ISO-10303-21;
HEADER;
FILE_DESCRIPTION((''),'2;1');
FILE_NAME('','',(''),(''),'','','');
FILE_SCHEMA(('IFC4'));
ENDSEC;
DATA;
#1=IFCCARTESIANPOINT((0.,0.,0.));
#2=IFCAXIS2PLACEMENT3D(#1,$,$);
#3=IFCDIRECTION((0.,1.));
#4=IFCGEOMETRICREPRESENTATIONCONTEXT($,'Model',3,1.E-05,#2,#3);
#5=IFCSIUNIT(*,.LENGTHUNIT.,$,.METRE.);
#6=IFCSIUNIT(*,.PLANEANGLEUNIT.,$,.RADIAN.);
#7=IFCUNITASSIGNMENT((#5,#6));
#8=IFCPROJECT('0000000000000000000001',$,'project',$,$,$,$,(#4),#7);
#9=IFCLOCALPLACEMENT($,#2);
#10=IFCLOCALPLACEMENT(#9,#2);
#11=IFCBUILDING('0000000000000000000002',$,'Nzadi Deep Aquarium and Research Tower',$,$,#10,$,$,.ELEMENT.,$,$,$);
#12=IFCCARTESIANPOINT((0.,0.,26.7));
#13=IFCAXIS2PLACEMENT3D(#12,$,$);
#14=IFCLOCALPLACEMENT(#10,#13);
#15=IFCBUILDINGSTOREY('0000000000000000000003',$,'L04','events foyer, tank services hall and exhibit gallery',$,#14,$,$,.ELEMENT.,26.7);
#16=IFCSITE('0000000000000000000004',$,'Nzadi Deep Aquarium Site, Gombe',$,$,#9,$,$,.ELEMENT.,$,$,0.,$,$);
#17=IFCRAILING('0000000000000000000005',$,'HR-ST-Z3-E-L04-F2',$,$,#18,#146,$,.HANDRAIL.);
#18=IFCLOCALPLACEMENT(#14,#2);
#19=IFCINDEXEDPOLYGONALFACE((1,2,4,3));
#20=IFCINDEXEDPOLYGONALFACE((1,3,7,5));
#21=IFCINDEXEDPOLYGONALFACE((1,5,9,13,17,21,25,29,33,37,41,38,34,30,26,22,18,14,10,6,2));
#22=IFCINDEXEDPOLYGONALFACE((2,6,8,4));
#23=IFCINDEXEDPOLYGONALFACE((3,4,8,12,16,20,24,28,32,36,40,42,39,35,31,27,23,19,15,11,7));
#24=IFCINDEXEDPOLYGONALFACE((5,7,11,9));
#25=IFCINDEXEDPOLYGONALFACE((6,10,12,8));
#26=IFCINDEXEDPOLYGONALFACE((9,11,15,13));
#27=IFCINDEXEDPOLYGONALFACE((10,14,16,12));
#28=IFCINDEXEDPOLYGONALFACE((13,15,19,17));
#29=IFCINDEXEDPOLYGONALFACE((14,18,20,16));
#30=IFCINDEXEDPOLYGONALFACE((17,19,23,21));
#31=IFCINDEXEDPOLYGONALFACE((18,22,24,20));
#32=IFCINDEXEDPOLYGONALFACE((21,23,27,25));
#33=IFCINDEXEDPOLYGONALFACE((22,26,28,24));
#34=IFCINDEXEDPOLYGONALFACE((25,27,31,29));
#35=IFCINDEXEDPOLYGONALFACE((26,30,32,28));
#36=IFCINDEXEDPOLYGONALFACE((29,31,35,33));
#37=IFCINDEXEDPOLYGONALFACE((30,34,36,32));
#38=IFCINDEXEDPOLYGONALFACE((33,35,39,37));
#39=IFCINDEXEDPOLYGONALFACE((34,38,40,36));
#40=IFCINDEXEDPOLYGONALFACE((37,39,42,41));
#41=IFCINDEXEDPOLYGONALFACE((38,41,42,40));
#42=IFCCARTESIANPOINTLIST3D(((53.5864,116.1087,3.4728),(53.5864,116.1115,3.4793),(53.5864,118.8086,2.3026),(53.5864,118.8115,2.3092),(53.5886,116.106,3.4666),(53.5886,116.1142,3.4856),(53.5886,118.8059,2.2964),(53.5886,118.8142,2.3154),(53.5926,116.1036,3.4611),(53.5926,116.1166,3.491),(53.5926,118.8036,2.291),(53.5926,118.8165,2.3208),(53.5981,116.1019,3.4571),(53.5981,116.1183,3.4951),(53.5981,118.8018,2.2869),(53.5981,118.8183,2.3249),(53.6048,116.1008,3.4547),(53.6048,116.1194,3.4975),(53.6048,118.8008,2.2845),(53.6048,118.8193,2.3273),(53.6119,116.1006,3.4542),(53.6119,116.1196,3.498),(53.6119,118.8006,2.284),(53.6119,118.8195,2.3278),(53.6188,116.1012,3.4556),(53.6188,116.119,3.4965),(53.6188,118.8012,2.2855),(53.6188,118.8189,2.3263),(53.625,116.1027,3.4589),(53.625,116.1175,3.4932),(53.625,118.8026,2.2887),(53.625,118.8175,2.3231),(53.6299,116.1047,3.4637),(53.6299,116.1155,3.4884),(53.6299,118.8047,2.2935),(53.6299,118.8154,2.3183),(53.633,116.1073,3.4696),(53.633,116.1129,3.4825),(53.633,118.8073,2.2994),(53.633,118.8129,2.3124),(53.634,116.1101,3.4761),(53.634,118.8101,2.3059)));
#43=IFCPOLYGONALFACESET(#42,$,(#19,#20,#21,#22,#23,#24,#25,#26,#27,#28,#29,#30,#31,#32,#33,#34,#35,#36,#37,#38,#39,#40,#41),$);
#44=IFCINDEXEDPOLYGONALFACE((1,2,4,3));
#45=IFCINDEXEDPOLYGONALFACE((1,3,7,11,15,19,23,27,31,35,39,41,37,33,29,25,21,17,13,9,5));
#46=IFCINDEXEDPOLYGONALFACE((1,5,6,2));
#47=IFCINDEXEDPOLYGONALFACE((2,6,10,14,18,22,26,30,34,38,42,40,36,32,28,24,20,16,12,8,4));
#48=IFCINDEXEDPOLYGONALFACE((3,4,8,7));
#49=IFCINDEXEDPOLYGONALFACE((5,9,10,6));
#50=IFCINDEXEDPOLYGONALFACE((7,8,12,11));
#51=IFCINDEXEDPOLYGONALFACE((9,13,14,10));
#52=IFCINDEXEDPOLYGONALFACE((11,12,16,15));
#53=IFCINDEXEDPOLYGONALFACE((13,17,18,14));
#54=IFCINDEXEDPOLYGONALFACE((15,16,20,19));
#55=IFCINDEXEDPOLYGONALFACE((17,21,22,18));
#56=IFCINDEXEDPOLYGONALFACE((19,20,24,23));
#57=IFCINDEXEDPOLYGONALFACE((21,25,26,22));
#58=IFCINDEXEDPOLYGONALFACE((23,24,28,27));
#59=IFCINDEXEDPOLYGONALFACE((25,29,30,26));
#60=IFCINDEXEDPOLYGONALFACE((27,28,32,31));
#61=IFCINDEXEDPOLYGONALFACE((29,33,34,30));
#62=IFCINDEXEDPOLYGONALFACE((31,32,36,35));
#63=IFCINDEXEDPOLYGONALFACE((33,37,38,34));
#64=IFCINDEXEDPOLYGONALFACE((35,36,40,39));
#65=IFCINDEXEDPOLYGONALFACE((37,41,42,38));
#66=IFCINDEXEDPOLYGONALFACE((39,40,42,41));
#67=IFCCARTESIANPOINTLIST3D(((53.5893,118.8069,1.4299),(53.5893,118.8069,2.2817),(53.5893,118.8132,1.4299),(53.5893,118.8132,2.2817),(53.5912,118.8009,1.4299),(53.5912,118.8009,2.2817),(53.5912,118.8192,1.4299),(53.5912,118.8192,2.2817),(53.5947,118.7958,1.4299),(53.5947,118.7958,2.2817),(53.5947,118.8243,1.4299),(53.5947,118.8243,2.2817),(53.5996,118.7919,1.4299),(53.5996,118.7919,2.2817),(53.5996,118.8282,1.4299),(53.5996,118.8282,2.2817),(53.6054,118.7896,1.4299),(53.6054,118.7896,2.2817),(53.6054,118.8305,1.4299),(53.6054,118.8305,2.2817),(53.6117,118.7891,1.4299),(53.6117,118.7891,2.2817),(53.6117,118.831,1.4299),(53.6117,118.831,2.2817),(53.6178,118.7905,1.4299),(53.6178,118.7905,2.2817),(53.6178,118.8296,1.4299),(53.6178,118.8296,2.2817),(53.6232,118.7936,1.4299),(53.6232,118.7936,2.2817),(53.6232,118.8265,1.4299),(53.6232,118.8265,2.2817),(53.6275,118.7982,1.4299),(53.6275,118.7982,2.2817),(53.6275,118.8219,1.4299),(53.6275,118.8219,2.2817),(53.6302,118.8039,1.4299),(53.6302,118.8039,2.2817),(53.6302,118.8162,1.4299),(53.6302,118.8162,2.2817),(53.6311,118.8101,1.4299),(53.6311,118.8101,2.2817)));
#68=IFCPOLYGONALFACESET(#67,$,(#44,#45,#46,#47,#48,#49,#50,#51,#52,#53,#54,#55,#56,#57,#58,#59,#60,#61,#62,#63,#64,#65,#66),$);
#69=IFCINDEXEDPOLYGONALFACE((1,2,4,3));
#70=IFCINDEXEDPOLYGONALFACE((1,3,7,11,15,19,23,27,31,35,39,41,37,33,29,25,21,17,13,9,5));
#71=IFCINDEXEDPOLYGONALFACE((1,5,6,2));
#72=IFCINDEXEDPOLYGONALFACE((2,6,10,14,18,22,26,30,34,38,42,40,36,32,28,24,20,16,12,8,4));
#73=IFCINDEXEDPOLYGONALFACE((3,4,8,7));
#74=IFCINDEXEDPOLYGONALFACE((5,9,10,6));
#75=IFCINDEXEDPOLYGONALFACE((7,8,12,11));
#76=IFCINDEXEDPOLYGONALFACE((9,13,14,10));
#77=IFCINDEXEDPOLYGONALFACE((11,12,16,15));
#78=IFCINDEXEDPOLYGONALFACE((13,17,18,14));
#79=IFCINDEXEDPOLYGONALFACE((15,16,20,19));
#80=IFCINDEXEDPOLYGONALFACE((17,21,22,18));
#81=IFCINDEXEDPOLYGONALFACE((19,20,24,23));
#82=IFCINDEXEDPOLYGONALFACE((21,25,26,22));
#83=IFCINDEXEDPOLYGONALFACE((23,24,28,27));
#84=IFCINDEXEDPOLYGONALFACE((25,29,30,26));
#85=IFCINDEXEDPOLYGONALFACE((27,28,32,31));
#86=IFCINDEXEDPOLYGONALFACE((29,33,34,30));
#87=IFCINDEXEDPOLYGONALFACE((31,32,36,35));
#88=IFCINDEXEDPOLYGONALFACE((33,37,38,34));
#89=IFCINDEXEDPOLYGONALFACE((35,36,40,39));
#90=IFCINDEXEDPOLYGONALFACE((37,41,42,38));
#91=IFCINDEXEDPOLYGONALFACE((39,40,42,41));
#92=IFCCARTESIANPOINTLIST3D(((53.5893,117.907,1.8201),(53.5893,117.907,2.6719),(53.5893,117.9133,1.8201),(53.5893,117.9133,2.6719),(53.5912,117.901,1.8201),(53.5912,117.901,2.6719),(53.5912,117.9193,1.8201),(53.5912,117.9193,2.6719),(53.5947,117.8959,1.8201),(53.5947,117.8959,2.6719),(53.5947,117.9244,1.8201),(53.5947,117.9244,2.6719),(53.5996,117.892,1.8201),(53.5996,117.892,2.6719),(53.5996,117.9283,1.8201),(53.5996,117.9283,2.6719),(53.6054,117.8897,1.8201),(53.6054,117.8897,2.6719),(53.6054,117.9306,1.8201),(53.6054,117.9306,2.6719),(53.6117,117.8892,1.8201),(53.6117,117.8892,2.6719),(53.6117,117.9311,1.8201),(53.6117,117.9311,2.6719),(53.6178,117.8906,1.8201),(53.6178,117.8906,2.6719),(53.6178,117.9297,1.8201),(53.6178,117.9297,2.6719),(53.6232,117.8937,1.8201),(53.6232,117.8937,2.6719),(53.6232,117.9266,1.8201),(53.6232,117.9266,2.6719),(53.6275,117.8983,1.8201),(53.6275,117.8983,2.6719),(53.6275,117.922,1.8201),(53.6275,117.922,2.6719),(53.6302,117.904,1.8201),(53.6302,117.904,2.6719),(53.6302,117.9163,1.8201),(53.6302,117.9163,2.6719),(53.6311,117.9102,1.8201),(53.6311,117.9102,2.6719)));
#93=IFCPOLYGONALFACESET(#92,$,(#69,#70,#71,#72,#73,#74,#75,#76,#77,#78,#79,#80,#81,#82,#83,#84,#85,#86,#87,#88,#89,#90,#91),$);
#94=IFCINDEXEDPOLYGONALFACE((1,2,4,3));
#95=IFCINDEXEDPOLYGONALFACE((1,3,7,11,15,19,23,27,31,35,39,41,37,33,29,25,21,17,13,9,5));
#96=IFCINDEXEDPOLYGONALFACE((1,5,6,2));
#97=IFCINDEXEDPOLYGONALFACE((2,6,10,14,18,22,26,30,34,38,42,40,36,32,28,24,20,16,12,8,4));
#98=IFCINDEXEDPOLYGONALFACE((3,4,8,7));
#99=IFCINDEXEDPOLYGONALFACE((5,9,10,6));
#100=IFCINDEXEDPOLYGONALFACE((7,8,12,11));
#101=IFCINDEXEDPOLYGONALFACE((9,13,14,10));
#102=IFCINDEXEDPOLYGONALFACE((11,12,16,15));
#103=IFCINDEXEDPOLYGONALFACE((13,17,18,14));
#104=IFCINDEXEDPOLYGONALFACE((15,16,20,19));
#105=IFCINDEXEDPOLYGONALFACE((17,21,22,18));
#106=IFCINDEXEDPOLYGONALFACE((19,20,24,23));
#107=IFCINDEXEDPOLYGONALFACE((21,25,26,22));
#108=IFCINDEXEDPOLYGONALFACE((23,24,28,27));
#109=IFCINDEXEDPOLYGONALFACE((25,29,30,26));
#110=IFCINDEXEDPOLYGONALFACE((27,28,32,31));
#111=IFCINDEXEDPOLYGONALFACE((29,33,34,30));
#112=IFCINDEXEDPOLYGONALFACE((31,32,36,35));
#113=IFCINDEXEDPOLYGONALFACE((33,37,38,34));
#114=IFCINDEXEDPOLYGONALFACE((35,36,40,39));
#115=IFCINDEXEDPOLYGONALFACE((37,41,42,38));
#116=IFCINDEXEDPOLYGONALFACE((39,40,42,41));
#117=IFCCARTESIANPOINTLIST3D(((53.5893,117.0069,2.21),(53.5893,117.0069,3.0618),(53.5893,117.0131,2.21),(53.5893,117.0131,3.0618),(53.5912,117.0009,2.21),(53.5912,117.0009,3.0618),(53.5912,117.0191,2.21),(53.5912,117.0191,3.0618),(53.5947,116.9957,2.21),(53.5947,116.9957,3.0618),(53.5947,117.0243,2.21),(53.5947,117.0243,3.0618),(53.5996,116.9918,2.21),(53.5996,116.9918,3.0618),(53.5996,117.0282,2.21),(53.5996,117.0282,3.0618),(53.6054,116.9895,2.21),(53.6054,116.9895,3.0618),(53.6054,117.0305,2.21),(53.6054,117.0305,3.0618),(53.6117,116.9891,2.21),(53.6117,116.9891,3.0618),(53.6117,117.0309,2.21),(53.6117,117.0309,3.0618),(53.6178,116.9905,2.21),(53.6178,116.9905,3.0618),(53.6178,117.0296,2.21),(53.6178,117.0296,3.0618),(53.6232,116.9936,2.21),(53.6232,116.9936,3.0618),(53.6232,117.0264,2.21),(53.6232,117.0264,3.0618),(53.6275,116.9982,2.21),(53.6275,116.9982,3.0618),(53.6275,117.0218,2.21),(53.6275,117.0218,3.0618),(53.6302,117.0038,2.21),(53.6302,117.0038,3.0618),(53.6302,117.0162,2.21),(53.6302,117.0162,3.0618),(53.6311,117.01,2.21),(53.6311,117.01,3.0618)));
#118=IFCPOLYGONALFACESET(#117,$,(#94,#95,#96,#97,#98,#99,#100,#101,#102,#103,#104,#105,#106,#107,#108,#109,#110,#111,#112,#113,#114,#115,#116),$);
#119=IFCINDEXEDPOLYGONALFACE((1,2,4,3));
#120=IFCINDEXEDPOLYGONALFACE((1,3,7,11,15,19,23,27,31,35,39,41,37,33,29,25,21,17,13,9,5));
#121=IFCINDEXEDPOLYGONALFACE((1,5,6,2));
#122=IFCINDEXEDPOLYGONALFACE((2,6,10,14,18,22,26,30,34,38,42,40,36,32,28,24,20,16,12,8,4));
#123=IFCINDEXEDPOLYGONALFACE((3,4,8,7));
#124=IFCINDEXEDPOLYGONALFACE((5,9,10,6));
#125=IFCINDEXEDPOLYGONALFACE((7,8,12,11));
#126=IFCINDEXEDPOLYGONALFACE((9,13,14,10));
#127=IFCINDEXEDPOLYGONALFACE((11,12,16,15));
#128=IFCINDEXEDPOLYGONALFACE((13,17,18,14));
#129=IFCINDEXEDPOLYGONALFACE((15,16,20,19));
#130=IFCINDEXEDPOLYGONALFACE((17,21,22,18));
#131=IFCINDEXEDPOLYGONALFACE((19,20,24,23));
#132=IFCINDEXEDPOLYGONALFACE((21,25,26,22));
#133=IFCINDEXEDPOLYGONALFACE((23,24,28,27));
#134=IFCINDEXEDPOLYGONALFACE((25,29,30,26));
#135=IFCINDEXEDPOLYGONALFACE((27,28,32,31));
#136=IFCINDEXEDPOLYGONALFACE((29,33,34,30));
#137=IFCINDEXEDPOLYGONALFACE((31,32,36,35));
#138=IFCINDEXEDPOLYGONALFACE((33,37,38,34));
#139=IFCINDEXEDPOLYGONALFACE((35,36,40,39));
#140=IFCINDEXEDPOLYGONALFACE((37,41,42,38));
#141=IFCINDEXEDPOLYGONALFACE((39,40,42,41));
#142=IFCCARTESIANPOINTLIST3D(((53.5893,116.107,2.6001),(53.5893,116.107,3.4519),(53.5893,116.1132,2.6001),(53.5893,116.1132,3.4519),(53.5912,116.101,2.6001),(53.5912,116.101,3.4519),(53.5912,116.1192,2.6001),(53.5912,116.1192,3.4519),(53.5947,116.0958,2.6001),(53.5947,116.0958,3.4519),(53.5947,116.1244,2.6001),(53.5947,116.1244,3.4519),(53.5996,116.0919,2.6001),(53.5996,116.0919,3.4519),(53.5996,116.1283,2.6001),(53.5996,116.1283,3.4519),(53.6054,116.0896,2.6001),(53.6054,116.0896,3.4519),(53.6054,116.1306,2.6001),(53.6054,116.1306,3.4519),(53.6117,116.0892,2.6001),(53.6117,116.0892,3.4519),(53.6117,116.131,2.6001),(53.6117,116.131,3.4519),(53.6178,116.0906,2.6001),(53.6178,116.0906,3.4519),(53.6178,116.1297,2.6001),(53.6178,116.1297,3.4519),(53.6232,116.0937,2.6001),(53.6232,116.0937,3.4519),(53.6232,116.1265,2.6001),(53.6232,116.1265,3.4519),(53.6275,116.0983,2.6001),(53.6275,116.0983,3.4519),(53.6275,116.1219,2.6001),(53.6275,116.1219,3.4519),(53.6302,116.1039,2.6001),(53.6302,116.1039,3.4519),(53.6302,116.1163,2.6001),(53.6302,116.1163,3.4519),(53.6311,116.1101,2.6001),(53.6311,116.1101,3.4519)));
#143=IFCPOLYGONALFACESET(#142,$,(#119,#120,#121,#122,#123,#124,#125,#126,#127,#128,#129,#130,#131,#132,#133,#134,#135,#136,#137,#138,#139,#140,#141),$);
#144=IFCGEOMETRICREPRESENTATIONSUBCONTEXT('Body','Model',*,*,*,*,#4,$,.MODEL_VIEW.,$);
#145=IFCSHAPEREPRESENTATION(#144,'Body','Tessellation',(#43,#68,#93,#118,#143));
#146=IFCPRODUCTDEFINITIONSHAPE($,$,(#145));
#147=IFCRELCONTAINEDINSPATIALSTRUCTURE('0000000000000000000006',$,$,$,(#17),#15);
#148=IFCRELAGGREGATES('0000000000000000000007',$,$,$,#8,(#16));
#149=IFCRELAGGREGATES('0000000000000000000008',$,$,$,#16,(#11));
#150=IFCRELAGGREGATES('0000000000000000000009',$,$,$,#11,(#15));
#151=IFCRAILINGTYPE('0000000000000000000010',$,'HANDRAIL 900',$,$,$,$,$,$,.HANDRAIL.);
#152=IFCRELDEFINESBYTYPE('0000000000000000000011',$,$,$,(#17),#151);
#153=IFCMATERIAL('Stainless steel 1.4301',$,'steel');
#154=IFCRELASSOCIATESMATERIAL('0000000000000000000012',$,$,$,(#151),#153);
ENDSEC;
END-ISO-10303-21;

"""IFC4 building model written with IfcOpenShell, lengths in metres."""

from ifc_helpers import new_model, si_unit, direction, frame, origin, origin_2d, place, context, subcontext, project, spatial, circle, extrude, material, type_object, element, save


model = new_model("IFC4")

# Units and contexts
model_context = context("Model", 3, precision=1e-05, world=origin(), true_north=direction((0.0, 1.0)))
body_context = subcontext(model_context, "Body", "Model", "MODEL_VIEW")
ifc_project = project(units=[si_unit("LENGTHUNIT", "METRE"), si_unit("PLANEANGLEUNIT", "RADIAN")], contexts=[model_context])

# Site, building, storey
site_placement = place(None, origin())
site = spatial("IfcSite", under=ifc_project, at=site_placement, Name="Nzadi Deep Aquarium Site, Gombe", CompositionType="ELEMENT", RefElevation=0.0)
building_placement = place(site_placement, origin())
building = spatial("IfcBuilding", under=site, at=building_placement, Name="Nzadi Deep Aquarium and Research Tower", CompositionType="ELEMENT")
storey_placement = place(building_placement, frame((0.0, 0.0, 26.7)))
storey = spatial("IfcBuildingStorey", under=building, at=storey_placement, Name="L04", Description="events foyer, tank services hall and exhibit gallery", CompositionType="ELEMENT", Elevation=26.7)

# Railing
ifc_material_1 = material(Name="Stainless steel 1.4301", Category="steel")
railing_type_1 = type_object("IfcRailingType", Name="HANDRAIL 900", PredefinedType="HANDRAIL", material=ifc_material_1)
for number, where, name in (
    (1, (53.6101, 118.8101, 1.4299), "HR-ST-Z3-E-L04-F2"),
):
    element("IfcRailing", number, at=place(storey_placement, frame(where)), inside=storey, type_object=railing_type_1, Name=name, PredefinedType="HANDRAIL", context=body_context, shape_type="SweptSolid", body=[
        extrude(circle(Radius=0.0239, at=origin_2d()), frame((0.0, 0.0, 0.876), z_axis=(0.0, -0.917532, 0.397661), x_axis=(1.0, 0.0, 0.0)), (0.0, 0.0, 1.0), 2.9426),
        extrude(circle(Radius=0.021, at=origin_2d()), origin(), (0.0, 0.0, 1.0), 0.8518),
        extrude(circle(Radius=0.021, at=origin_2d()), frame((0.0, -0.8999, 0.3901)), (0.0, 0.0, 1.0), 0.8518),
        extrude(circle(Radius=0.021, at=origin_2d()), frame((0.0, -1.8, 0.78)), (0.0, 0.0, 1.0), 0.8518),
        extrude(circle(Radius=0.021, at=origin_2d()), frame((0.0, -2.7, 1.1702)), (0.0, 0.0, 1.0), 0.8518),
    ])

save(model, "model.ifc")
